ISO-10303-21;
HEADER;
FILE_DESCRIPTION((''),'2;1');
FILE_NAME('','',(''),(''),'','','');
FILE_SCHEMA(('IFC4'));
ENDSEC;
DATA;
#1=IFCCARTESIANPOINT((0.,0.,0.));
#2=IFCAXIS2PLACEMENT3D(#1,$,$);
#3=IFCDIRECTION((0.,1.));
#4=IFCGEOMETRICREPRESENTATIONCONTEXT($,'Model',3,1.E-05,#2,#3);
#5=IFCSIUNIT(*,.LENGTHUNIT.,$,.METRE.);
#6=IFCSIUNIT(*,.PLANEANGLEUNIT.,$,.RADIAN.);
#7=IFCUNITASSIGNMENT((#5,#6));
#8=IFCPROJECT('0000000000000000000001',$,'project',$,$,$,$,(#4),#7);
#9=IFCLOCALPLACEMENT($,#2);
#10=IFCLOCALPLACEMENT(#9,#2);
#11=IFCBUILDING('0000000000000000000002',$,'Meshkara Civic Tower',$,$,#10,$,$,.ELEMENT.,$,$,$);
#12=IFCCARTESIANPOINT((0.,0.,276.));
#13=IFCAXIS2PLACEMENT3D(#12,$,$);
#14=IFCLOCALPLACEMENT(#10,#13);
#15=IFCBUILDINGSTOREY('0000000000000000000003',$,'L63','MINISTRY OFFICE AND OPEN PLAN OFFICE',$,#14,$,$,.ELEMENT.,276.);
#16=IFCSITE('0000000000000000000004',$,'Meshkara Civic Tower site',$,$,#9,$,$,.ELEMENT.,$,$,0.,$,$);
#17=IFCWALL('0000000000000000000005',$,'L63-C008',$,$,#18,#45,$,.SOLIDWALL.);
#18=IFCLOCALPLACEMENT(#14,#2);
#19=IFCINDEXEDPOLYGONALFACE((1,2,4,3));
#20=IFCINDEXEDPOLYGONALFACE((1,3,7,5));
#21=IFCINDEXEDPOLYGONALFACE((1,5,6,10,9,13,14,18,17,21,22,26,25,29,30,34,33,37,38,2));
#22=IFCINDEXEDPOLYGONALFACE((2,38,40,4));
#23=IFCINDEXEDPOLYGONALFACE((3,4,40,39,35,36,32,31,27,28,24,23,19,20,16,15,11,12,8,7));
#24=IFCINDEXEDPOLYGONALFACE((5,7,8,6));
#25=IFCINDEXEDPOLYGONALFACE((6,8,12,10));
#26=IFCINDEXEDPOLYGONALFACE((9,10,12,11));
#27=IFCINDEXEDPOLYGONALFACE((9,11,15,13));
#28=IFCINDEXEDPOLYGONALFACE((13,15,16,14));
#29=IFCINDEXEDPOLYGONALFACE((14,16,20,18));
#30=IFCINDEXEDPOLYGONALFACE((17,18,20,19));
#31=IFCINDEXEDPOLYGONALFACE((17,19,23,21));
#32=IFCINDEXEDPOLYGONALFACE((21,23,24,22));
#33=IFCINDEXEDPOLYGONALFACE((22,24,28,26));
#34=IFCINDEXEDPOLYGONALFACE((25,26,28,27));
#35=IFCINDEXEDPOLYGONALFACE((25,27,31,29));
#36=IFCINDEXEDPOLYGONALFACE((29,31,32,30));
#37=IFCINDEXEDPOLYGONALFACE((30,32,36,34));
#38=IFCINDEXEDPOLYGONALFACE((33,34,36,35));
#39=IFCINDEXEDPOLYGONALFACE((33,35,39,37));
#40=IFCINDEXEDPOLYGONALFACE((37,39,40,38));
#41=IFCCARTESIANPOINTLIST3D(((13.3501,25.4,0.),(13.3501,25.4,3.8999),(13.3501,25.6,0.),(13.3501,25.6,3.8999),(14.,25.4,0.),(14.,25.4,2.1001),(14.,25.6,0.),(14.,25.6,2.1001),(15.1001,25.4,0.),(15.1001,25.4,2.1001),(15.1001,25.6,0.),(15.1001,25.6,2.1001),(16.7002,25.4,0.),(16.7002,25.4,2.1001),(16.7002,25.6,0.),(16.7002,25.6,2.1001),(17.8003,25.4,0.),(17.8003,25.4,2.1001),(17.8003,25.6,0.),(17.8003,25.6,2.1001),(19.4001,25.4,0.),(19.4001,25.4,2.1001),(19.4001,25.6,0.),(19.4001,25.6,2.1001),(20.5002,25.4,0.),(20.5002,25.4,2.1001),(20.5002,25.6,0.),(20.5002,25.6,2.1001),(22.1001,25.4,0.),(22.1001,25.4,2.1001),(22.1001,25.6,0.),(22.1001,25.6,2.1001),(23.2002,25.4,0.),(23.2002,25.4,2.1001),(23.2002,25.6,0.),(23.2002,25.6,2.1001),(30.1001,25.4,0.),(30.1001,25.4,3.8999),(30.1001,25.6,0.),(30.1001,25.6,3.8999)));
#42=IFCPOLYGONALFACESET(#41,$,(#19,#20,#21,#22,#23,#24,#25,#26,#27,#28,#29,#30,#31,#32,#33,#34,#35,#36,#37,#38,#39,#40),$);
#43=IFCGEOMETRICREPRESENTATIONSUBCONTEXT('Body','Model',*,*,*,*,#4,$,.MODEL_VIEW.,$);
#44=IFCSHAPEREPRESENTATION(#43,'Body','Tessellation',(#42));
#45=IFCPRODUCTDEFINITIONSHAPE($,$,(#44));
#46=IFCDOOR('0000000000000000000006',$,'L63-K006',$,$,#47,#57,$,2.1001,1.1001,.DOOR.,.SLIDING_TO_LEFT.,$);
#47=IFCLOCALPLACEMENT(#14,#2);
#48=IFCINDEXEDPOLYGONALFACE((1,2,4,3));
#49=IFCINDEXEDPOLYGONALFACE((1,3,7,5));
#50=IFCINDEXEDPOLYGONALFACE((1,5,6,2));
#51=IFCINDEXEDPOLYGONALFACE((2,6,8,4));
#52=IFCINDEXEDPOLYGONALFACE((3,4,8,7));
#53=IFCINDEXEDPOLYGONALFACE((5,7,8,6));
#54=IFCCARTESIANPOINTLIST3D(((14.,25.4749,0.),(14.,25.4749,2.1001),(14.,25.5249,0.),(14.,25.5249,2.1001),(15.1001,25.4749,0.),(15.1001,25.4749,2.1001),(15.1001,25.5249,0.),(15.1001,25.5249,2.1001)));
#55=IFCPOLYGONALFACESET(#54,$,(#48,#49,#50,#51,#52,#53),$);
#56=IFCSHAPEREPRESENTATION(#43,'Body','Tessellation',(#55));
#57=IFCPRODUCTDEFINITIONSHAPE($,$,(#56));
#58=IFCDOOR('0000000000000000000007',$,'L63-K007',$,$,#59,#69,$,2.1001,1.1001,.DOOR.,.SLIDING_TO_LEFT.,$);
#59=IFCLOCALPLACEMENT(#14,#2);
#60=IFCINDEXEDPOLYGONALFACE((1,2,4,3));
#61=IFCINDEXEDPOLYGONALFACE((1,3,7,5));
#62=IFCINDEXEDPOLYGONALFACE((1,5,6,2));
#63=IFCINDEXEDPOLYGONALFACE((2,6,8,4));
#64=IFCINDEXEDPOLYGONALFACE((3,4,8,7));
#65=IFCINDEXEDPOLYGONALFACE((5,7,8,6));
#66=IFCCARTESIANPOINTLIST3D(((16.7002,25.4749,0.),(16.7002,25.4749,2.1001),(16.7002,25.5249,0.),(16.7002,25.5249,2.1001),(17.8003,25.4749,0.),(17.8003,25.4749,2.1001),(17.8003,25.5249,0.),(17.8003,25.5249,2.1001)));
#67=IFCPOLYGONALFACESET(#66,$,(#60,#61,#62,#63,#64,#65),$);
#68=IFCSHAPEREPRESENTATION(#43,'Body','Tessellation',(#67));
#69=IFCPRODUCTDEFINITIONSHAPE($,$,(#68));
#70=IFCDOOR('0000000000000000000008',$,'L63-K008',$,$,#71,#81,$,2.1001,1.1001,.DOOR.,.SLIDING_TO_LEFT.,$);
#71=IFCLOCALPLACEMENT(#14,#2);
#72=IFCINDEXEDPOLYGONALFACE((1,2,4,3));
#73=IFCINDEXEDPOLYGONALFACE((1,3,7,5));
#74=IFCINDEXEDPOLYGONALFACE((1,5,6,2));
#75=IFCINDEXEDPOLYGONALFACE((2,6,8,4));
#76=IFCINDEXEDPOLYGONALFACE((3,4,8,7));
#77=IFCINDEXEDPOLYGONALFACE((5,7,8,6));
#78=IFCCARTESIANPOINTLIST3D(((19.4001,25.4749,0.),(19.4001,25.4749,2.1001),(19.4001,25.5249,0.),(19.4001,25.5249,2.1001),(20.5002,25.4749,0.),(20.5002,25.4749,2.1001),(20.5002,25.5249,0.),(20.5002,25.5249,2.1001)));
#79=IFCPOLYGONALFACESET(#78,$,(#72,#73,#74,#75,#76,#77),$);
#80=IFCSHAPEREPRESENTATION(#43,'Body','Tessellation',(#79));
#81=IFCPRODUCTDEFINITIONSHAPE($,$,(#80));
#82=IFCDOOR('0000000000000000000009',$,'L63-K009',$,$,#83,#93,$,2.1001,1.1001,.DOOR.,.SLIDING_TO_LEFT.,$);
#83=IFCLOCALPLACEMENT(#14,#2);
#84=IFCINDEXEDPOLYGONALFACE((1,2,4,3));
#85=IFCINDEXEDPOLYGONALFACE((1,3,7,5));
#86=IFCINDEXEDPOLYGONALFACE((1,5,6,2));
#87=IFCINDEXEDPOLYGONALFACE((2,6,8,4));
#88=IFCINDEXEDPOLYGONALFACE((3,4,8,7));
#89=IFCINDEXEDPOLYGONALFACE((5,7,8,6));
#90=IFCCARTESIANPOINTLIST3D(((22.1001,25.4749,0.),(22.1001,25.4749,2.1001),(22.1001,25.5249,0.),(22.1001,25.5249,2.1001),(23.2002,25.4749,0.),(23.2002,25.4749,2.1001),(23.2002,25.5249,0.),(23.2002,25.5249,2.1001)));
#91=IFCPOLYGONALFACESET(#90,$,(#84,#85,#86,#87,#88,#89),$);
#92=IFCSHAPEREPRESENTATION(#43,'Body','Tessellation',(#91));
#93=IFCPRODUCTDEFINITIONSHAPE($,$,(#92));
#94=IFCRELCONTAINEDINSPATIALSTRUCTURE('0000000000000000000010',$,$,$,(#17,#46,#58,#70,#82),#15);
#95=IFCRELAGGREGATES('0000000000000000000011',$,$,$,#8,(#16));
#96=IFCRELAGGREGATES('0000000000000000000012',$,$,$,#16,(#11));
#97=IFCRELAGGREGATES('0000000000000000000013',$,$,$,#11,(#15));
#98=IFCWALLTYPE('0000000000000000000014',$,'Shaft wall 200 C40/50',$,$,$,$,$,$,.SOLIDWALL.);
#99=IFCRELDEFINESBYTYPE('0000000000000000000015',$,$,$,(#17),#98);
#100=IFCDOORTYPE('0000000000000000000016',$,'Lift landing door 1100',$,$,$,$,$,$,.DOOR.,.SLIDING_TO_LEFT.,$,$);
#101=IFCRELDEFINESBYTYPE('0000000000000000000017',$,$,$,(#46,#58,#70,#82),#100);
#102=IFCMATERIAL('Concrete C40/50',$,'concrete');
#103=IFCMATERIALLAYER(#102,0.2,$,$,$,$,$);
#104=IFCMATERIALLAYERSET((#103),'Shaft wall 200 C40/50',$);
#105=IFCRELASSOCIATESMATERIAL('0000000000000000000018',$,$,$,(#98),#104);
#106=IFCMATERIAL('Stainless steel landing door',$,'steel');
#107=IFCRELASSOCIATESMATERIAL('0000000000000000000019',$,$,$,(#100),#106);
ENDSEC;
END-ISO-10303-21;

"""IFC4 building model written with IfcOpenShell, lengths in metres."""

from ifc_helpers import new_model, si_unit, direction, frame, frame_2d, origin, place, context, subcontext, project, spatial, rectangle, extrude, material, layer, layer_set, type_object, element, fill, save


model = new_model("IFC4")

# Units and contexts
model_context = context("Model", 3, precision=1e-05, world=origin(), true_north=direction((0.0, 1.0)))
body_context = subcontext(model_context, "Body", "Model", "MODEL_VIEW")
ifc_project = project(units=[si_unit("LENGTHUNIT", "METRE"), si_unit("PLANEANGLEUNIT", "RADIAN")], contexts=[model_context])

# Site, building, storey
site_placement = place(None, origin())
site = spatial("IfcSite", under=ifc_project, at=site_placement, Name="Meshkara Civic Tower site", CompositionType="ELEMENT", RefElevation=0.0)
building_placement = place(site_placement, origin())
building = spatial("IfcBuilding", under=site, at=building_placement, Name="Meshkara Civic Tower", CompositionType="ELEMENT")
storey_placement = place(building_placement, frame((0.0, 0.0, 276.0)))
storey = spatial("IfcBuildingStorey", under=building, at=storey_placement, Name="L63", Description="MINISTRY OFFICE AND OPEN PLAN OFFICE", CompositionType="ELEMENT", Elevation=276.0)

# Wall, openings, doors
ifc_material_1 = material(Name="Concrete C40/50", Category="concrete")
ifc_layer_1 = layer(ifc_material_1, 0.2)
ifc_layer_set_1 = layer_set([ifc_layer_1], Name="Shaft wall 200 C40/50")
wall_type_1 = type_object("IfcWallType", Name="Shaft wall 200 C40/50", PredefinedType="SOLIDWALL", material=ifc_layer_set_1)
ifc_material_2 = material(Name="Stainless steel landing door", Category="steel")
door_type_1 = type_object("IfcDoorType", Name="Lift landing door 1100", OperationType="SLIDING_TO_LEFT", PredefinedType="DOOR", material=ifc_material_2)
wall_1_placement = place(storey_placement, frame((13.3501, 25.5, 0.0), z_axis=(0.0, 0.0, 1.0), x_axis=(1.0, 0.0, 0.0)))
wall_1 = element("IfcWall", 1, at=wall_1_placement, inside=storey, type_object=wall_type_1, Name="L63-C008", PredefinedType="SOLIDWALL", context=body_context, shape_type="SweptSolid", body=[
    extrude(rectangle(XDim=16.75, YDim=0.2, at=frame_2d((8.375, 0.0))), origin(), (0.0, 0.0, 1.0), 3.8999),
])
opening_1_placement = place(wall_1_placement, frame((0.6499, 0.0, 0.0)))
opening_1 = element("IfcOpeningElement", 2, at=opening_1_placement, cuts=wall_1, PredefinedType="OPENING", context=body_context, shape_type="SweptSolid", body=[
    extrude(rectangle(XDim=1.1001, YDim=2.1001, at=frame_2d((0.55, 1.05))), frame((0.0, 0.1099, 0.0), z_axis=(0.0, -1.0, 0.0), x_axis=(1.0, 0.0, 0.0)), (0.0, 0.0, 1.0), 0.22),
])
opening_2_placement = place(wall_1_placement, frame((3.3501, 0.0, 0.0)))
opening_2 = element("IfcOpeningElement", 3, at=opening_2_placement, cuts=wall_1, PredefinedType="OPENING", context=body_context, shape_type="SweptSolid", body=[
    extrude(rectangle(XDim=1.1001, YDim=2.1001, at=frame_2d((0.55, 1.05))), frame((0.0, 0.1099, 0.0), z_axis=(0.0, -1.0, 0.0), x_axis=(1.0, 0.0, 0.0)), (0.0, 0.0, 1.0), 0.22),
])
opening_3_placement = place(wall_1_placement, frame((6.05, 0.0, 0.0)))
opening_3 = element("IfcOpeningElement", 4, at=opening_3_placement, cuts=wall_1, PredefinedType="OPENING", context=body_context, shape_type="SweptSolid", body=[
    extrude(rectangle(XDim=1.1001, YDim=2.1001, at=frame_2d((0.55, 1.05))), frame((0.0, 0.1099, 0.0), z_axis=(0.0, -1.0, 0.0), x_axis=(1.0, 0.0, 0.0)), (0.0, 0.0, 1.0), 0.22),
])
opening_4_placement = place(wall_1_placement, frame((8.75, 0.0, 0.0)))
opening_4 = element("IfcOpeningElement", 5, at=opening_4_placement, cuts=wall_1, PredefinedType="OPENING", context=body_context, shape_type="SweptSolid", body=[
    extrude(rectangle(XDim=1.1001, YDim=2.1001, at=frame_2d((0.55, 1.05))), frame((0.0, 0.1099, 0.0), z_axis=(0.0, -1.0, 0.0), x_axis=(1.0, 0.0, 0.0)), (0.0, 0.0, 1.0), 0.22),
])
door_1_placement = place(opening_1_placement, origin())
door_1 = element("IfcDoor", 6, at=door_1_placement, inside=storey, type_object=door_type_1, Name="L63-K006", OperationType="SLIDING_TO_LEFT", OverallHeight=2.1001, OverallWidth=1.1001, PredefinedType="DOOR", context=body_context, shape_type="SweptSolid", body=[
    extrude(rectangle(XDim=1.1001, YDim=2.1001, at=frame_2d((0.55, 1.05))), frame((0.0, 0.0249, 0.0), z_axis=(0.0, -1.0, 0.0), x_axis=(1.0, 0.0, 0.0)), (0.0, 0.0, 1.0), 0.05),
])
fill(opening_1, door_1)
door_2_placement = place(opening_2_placement, origin())
door_2 = element("IfcDoor", 7, at=door_2_placement, inside=storey, type_object=door_type_1, Name="L63-K007", OperationType="SLIDING_TO_LEFT", OverallHeight=2.1001, OverallWidth=1.1001, PredefinedType="DOOR", context=body_context, shape_type="SweptSolid", body=[
    extrude(rectangle(XDim=1.1001, YDim=2.1001, at=frame_2d((0.55, 1.05))), frame((0.0, 0.0249, 0.0), z_axis=(0.0, -1.0, 0.0), x_axis=(1.0, 0.0, 0.0)), (0.0, 0.0, 1.0), 0.05),
])
fill(opening_2, door_2)
door_3_placement = place(opening_3_placement, origin())
door_3 = element("IfcDoor", 8, at=door_3_placement, inside=storey, type_object=door_type_1, Name="L63-K008", OperationType="SLIDING_TO_LEFT", OverallHeight=2.1001, OverallWidth=1.1001, PredefinedType="DOOR", context=body_context, shape_type="SweptSolid", body=[
    extrude(rectangle(XDim=1.1001, YDim=2.1001, at=frame_2d((0.55, 1.05))), frame((0.0, 0.0249, 0.0), z_axis=(0.0, -1.0, 0.0), x_axis=(1.0, 0.0, 0.0)), (0.0, 0.0, 1.0), 0.05),
])
fill(opening_3, door_3)
door_4_placement = place(opening_4_placement, origin())
door_4 = element("IfcDoor", 9, at=door_4_placement, inside=storey, type_object=door_type_1, Name="L63-K009", OperationType="SLIDING_TO_LEFT", OverallHeight=2.1001, OverallWidth=1.1001, PredefinedType="DOOR", context=body_context, shape_type="SweptSolid", body=[
    extrude(rectangle(XDim=1.1001, YDim=2.1001, at=frame_2d((0.55, 1.05))), frame((0.0, 0.0249, 0.0), z_axis=(0.0, -1.0, 0.0), x_axis=(1.0, 0.0, 0.0)), (0.0, 0.0, 1.0), 0.05),
])
fill(opening_4, door_4)

save(model, "model.ifc")
